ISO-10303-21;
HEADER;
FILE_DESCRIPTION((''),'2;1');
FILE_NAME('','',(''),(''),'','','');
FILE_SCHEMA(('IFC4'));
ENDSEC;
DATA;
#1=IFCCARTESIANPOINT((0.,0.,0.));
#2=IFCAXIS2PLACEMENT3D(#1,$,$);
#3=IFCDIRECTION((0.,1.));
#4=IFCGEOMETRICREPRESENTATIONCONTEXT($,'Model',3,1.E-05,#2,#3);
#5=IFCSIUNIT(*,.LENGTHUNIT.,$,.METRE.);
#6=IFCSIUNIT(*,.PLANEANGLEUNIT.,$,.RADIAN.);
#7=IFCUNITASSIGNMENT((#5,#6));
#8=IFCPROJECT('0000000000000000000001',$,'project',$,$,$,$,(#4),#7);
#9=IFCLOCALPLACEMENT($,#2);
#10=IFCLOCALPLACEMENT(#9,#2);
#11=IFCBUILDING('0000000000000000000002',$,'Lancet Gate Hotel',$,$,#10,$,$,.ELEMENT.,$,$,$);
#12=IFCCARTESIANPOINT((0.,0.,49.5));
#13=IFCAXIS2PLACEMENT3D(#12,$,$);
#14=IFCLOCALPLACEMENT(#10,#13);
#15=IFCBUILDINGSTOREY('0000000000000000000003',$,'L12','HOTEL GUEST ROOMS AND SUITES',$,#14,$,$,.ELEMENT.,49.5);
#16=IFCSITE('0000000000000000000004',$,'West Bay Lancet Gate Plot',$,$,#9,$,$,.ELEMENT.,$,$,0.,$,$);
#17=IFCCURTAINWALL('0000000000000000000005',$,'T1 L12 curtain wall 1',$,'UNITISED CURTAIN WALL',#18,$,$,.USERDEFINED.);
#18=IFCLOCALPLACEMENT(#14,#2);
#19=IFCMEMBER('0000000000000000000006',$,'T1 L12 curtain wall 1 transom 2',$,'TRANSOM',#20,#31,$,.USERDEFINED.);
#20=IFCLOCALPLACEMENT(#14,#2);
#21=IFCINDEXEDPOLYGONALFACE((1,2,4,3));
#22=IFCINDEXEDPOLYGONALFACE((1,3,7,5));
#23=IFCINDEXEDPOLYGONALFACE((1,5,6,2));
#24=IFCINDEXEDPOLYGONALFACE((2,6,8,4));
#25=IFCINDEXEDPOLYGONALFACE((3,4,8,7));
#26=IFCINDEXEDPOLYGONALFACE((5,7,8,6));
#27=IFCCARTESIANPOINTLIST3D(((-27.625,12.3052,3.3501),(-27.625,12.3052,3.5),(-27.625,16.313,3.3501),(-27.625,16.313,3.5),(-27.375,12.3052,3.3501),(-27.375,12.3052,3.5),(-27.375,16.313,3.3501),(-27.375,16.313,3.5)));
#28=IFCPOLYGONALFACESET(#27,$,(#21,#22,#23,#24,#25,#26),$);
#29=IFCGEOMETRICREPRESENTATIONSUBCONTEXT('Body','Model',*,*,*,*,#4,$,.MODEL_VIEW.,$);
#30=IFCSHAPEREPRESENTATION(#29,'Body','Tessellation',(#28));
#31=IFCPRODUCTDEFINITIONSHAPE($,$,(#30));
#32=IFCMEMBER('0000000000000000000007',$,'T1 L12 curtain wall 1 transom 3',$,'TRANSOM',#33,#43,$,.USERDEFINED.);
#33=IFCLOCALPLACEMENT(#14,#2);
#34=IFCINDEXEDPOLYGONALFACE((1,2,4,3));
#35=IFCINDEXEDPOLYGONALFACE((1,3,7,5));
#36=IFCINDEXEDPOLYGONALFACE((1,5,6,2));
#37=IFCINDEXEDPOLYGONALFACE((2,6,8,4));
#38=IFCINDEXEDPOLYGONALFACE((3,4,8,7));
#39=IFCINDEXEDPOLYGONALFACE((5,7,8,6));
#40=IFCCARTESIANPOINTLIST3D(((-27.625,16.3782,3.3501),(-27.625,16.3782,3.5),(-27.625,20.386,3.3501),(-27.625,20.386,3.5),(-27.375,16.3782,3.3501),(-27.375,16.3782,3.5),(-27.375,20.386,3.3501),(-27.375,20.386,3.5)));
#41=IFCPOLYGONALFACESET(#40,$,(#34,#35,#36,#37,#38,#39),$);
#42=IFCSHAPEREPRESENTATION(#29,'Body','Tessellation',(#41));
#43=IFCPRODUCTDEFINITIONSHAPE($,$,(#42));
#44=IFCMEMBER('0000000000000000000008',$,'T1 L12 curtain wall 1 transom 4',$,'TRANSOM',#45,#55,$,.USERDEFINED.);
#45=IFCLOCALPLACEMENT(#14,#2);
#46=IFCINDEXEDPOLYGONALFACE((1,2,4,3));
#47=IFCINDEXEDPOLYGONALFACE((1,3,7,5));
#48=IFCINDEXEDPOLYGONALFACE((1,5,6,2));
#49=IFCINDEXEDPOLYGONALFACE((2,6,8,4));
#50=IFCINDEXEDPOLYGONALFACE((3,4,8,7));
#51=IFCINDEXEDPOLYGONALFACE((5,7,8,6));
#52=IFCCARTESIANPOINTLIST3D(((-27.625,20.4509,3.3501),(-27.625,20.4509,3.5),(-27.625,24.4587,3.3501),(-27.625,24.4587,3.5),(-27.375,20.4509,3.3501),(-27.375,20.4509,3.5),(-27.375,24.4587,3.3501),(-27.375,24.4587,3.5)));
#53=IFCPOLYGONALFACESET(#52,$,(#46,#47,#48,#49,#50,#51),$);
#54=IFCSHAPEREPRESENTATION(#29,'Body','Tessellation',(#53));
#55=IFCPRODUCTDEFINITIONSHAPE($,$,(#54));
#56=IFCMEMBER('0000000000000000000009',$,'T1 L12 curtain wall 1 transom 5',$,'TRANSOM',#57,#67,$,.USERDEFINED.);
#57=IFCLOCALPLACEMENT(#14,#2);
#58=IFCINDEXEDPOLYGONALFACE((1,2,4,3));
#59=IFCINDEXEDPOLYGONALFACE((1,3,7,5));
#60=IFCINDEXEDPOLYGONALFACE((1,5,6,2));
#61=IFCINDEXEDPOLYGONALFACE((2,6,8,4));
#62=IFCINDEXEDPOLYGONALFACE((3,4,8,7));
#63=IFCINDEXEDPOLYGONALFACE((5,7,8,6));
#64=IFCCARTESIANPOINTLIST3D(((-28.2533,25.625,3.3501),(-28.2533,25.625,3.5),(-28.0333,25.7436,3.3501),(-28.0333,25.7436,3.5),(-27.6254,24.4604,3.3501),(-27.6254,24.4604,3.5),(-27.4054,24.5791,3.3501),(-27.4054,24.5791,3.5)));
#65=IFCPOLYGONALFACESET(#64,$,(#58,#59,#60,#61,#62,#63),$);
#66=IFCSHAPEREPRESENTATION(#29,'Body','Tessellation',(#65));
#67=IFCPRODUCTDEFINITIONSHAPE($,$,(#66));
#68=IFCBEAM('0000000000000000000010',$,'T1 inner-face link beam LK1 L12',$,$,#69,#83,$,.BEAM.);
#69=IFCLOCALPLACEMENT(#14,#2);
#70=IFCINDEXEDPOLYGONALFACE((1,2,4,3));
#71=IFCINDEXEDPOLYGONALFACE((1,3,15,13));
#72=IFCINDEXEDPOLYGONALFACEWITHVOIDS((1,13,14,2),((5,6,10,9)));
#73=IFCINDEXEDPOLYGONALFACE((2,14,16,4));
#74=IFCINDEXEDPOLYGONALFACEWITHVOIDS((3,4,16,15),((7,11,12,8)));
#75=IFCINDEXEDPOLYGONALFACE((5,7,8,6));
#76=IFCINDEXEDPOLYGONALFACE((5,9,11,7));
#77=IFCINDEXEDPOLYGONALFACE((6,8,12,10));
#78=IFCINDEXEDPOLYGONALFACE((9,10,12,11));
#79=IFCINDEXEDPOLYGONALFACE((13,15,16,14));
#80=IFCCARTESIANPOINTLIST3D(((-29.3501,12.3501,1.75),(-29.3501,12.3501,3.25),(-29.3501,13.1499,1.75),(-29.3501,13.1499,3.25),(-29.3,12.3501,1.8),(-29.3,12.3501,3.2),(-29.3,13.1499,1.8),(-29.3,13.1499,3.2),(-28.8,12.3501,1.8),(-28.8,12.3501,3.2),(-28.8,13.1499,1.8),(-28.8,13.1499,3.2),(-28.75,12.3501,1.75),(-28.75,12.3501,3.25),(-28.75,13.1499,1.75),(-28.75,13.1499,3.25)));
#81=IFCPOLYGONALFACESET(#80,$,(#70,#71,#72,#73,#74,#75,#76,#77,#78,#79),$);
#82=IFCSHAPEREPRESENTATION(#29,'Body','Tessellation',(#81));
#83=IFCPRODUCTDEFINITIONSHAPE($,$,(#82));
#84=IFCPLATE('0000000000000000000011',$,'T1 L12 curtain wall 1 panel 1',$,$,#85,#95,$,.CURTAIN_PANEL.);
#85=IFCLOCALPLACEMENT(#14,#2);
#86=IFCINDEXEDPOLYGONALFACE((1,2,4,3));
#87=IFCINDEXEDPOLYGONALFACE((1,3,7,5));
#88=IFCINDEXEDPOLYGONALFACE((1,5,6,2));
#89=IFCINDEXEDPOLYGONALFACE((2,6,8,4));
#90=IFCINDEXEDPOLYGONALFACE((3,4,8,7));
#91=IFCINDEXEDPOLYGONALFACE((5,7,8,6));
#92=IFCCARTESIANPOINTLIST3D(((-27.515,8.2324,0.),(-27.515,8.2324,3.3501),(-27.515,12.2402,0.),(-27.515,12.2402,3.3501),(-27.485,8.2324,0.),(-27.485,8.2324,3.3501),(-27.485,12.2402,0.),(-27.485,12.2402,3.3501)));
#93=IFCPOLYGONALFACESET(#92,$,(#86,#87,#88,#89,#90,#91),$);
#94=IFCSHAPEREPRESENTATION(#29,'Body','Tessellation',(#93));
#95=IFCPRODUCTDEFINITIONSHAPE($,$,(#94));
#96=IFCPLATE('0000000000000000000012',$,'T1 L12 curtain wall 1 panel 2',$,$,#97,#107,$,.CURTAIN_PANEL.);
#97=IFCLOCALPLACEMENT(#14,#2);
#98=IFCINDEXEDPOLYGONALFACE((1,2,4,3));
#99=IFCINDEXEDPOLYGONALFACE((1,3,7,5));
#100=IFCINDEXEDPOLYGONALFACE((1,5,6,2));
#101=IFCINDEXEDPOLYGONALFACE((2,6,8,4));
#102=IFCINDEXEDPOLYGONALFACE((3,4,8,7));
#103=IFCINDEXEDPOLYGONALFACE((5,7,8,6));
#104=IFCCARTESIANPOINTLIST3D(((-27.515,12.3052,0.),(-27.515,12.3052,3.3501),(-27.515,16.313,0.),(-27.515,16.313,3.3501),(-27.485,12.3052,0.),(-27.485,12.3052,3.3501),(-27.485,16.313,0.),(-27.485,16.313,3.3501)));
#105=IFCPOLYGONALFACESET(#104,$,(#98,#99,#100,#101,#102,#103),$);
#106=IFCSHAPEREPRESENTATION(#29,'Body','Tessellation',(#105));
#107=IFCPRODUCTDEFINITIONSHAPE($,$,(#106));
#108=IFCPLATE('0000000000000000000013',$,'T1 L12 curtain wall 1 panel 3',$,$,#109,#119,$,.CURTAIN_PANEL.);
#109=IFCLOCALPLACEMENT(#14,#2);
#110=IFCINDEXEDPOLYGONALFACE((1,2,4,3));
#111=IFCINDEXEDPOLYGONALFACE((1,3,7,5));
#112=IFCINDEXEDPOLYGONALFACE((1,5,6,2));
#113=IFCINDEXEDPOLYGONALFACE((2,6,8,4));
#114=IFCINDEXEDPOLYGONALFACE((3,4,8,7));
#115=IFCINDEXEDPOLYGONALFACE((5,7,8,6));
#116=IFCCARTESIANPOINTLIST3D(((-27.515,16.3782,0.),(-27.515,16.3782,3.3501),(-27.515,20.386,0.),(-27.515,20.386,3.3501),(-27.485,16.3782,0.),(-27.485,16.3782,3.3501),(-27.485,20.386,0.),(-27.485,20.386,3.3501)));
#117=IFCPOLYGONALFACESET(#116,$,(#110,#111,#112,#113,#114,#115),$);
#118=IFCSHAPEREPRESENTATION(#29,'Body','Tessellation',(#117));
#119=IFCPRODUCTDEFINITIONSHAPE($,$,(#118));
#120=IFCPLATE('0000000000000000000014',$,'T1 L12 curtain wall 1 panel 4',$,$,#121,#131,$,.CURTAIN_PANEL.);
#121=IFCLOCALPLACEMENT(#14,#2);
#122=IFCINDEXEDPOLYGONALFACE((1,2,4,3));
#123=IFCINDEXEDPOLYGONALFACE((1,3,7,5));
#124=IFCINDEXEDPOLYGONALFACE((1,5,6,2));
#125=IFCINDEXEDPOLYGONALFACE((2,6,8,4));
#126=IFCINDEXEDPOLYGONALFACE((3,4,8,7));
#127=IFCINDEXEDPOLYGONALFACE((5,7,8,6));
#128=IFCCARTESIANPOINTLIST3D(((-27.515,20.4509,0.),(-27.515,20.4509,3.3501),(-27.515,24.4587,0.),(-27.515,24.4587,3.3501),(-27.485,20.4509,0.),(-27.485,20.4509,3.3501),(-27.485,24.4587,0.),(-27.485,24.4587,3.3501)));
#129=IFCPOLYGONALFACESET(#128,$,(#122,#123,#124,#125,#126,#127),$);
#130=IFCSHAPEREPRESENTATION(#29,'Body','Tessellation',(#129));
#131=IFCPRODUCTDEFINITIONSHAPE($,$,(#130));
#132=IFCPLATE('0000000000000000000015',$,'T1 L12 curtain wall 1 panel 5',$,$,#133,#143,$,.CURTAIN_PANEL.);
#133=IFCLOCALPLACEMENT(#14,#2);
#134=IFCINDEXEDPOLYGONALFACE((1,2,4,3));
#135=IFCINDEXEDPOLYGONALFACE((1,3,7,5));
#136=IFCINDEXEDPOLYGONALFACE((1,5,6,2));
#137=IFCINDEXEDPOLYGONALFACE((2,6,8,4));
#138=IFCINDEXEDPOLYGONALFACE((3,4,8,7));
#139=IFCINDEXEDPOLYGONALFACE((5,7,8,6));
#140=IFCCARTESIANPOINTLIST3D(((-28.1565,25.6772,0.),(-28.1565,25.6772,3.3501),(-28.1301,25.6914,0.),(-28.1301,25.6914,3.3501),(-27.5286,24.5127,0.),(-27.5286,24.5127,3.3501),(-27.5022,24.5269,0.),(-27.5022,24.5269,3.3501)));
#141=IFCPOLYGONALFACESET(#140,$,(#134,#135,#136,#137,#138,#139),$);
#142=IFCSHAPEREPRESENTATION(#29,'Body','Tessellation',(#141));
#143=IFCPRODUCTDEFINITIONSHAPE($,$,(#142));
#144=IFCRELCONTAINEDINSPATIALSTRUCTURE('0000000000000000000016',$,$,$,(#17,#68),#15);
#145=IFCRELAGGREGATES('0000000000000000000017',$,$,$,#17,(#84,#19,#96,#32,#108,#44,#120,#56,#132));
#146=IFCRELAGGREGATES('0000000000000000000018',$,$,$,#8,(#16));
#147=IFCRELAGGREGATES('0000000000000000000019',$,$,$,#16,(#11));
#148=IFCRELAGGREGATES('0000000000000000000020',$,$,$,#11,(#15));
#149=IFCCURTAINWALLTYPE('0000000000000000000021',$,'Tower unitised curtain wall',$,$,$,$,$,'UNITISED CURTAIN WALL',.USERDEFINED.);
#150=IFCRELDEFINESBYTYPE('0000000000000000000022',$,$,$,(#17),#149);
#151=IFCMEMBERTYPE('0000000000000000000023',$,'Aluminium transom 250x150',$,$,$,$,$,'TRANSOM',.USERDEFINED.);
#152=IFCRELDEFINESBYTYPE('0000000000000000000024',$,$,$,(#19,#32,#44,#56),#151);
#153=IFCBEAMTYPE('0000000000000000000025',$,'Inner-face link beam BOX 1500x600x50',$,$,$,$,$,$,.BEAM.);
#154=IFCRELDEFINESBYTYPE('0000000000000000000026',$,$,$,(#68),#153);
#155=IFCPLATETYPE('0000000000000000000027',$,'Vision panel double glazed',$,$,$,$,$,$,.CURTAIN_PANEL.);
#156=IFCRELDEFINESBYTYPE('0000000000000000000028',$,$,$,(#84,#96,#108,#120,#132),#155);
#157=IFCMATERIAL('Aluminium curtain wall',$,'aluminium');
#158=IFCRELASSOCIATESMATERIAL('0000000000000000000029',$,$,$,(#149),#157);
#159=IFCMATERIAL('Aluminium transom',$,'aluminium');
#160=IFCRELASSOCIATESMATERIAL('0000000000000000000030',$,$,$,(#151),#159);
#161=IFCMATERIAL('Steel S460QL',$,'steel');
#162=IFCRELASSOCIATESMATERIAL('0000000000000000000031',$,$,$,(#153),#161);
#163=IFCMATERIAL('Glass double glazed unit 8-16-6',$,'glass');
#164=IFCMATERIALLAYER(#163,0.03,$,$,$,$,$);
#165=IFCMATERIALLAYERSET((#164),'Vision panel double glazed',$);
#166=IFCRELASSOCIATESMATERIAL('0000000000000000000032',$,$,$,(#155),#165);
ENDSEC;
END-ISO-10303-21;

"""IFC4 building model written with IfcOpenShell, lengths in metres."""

from ifc_helpers import new_model, si_unit, direction, frame, origin, origin_2d, place, context, subcontext, project, spatial, rectangle, hollow_rectangle, extrude, material, layer, layer_set, material_profile, profile_set, type_object, element, aggregate, save


model = new_model("IFC4")

# Units and contexts
model_context = context("Model", 3, precision=1e-05, world=origin(), true_north=direction((0.0, 1.0)))
body_context = subcontext(model_context, "Body", "Model", "MODEL_VIEW")
ifc_project = project(units=[si_unit("LENGTHUNIT", "METRE"), si_unit("PLANEANGLEUNIT", "RADIAN")], contexts=[model_context])

# Site, building, storey
site_placement = place(None, origin())
site = spatial("IfcSite", under=ifc_project, at=site_placement, Name="West Bay Lancet Gate Plot", CompositionType="ELEMENT", RefElevation=0.0)
building_placement = place(site_placement, origin())
building = spatial("IfcBuilding", under=site, at=building_placement, Name="Lancet Gate Hotel", CompositionType="ELEMENT")
storey_placement = place(building_placement, frame((0.0, 0.0, 49.5)))
storey = spatial("IfcBuildingStorey", under=building, at=storey_placement, Name="L12", Description="HOTEL GUEST ROOMS AND SUITES", CompositionType="ELEMENT", Elevation=49.5)

# Curtain wall, members
ifc_material_1 = material(Name="Aluminium curtain wall", Category="aluminium")
curtain_wall_type = type_object("IfcCurtainWallType", Name="Tower unitised curtain wall", ElementType="UNITISED CURTAIN WALL", PredefinedType="USERDEFINED", material=ifc_material_1)
curtain_wall_placement = place(storey_placement, origin())
curtain_wall = element("IfcCurtainWall", 1, at=curtain_wall_placement, inside=storey, type_object=curtain_wall_type, Name="T1 L12 curtain wall 1", ObjectType="UNITISED CURTAIN WALL", PredefinedType="USERDEFINED")
ifc_material_2 = material(Name="Aluminium transom", Category="aluminium")
ifc_material_profile_1 = material_profile(ifc_material_2, rectangle(XDim=0.25, YDim=0.1499, at=origin_2d()), Name="TRANSOM 250x150")
ifc_profile_set_1 = profile_set([ifc_material_profile_1], Name="Aluminium transom")
member_type_1 = type_object("IfcMemberType", Name="Aluminium transom 250x150", ElementType="TRANSOM", PredefinedType="USERDEFINED", material=ifc_profile_set_1)
member_1_placement = place(storey_placement, frame((-27.5, 12.3052, 3.425), z_axis=(0.0, 1.0, 0.0), x_axis=(-1.0, 0.0, 0.0)))
member_1 = element("IfcMember", 2, at=member_1_placement, type_object=member_type_1, Name="T1 L12 curtain wall 1 transom 2", ObjectType="TRANSOM", PredefinedType="USERDEFINED", context=body_context, shape_type="SweptSolid", body=[
    extrude(rectangle(XDim=0.25, YDim=0.1499, at=origin_2d()), origin(), (0.0, 0.0, 1.0), 4.0078),
])
member_2_placement = place(storey_placement, frame((-27.5, 16.3782, 3.425), z_axis=(0.0, 1.0, 0.0), x_axis=(-1.0, 0.0, 0.0)))
member_2 = element("IfcMember", 3, at=member_2_placement, type_object=member_type_1, Name="T1 L12 curtain wall 1 transom 3", ObjectType="TRANSOM", PredefinedType="USERDEFINED", context=body_context, shape_type="SweptSolid", body=[
    extrude(rectangle(XDim=0.25, YDim=0.1499, at=origin_2d()), origin(), (0.0, 0.0, 1.0), 4.0078),
])
member_3_placement = place(storey_placement, frame((-27.5, 20.4509, 3.425), z_axis=(0.0, 1.0, 0.0), x_axis=(-1.0, 0.0, 0.0)))
member_3 = element("IfcMember", 4, at=member_3_placement, type_object=member_type_1, Name="T1 L12 curtain wall 1 transom 4", ObjectType="TRANSOM", PredefinedType="USERDEFINED", context=body_context, shape_type="SweptSolid", body=[
    extrude(rectangle(XDim=0.25, YDim=0.1499, at=origin_2d()), origin(), (0.0, 0.0, 1.0), 4.0078),
])
member_4_placement = place(storey_placement, frame((-27.5154, 24.5198, 3.425), z_axis=(-0.474606, 0.880198, 0.0), x_axis=(-0.880198, -0.474606, 0.0)))
member_4 = element("IfcMember", 5, at=member_4_placement, type_object=member_type_1, Name="T1 L12 curtain wall 1 transom 5", ObjectType="TRANSOM", PredefinedType="USERDEFINED", context=body_context, shape_type="SweptSolid", body=[
    extrude(rectangle(XDim=0.25, YDim=0.1499, at=origin_2d()), origin(), (0.0, 0.0, 1.0), 1.323),
])

# Beam
ifc_material_3 = material(Name="Steel S460QL", Category="steel")
ifc_material_profile_2 = material_profile(ifc_material_3, hollow_rectangle(XDim=0.6001, YDim=1.5, WallThickness=0.05, at=origin_2d()), Name="BOX 1500x600x50")
ifc_profile_set_2 = profile_set([ifc_material_profile_2], Name="Steel S460QL")
beam_type = type_object("IfcBeamType", Name="Inner-face link beam BOX 1500x600x50", PredefinedType="BEAM", material=ifc_profile_set_2)
beam_placement = place(storey_placement, frame((-29.05, 13.1499, 2.5), z_axis=(0.0, -1.0, 0.0), x_axis=(1.0, 0.0, 0.0)))
element("IfcBeam", 6, at=beam_placement, inside=storey, type_object=beam_type, Name="T1 inner-face link beam LK1 L12", PredefinedType="BEAM", context=body_context, shape_type="SweptSolid", body=[
    extrude(hollow_rectangle(XDim=0.6001, YDim=1.5, WallThickness=0.05, at=origin_2d()), origin(), (0.0, 0.0, 1.0), 0.7998),
])

# Plates
ifc_material_4 = material(Name="Glass double glazed unit 8-16-6", Category="glass")
ifc_layer = layer(ifc_material_4, 0.03)
ifc_layer_set = layer_set([ifc_layer], Name="Vision panel double glazed")
plate_type = type_object("IfcPlateType", Name="Vision panel double glazed", PredefinedType="CURTAIN_PANEL", material=ifc_layer_set)
plate_1_placement = place(storey_placement, frame((-27.5, 10.2363, 0.0), z_axis=(0.0, 0.0, 1.0), x_axis=(0.0, 1.0, 0.0)))
plate_1 = element("IfcPlate", 7, at=plate_1_placement, type_object=plate_type, Name="T1 L12 curtain wall 1 panel 1", PredefinedType="CURTAIN_PANEL", context=body_context, shape_type="SweptSolid", body=[
    extrude(rectangle(XDim=4.0078, YDim=0.03, at=origin_2d()), origin(), (0.0, 0.0, 1.0), 3.3501),
])
plate_2_placement = place(storey_placement, frame((-27.5, 14.3091, 0.0), z_axis=(0.0, 0.0, 1.0), x_axis=(0.0, 1.0, 0.0)))
plate_2 = element("IfcPlate", 8, at=plate_2_placement, type_object=plate_type, Name="T1 L12 curtain wall 1 panel 2", PredefinedType="CURTAIN_PANEL", context=body_context, shape_type="SweptSolid", body=[
    extrude(rectangle(XDim=4.0078, YDim=0.03, at=origin_2d()), origin(), (0.0, 0.0, 1.0), 3.3501),
])
plate_3_placement = place(storey_placement, frame((-27.5, 18.3821, 0.0), z_axis=(0.0, 0.0, 1.0), x_axis=(0.0, 1.0, 0.0)))
plate_3 = element("IfcPlate", 9, at=plate_3_placement, type_object=plate_type, Name="T1 L12 curtain wall 1 panel 3", PredefinedType="CURTAIN_PANEL", context=body_context, shape_type="SweptSolid", body=[
    extrude(rectangle(XDim=4.0078, YDim=0.03, at=origin_2d()), origin(), (0.0, 0.0, 1.0), 3.3501),
])
plate_4_placement = place(storey_placement, frame((-27.5, 22.4548, 0.0), z_axis=(0.0, 0.0, 1.0), x_axis=(0.0, 1.0, 0.0)))
plate_4 = element("IfcPlate", 10, at=plate_4_placement, type_object=plate_type, Name="T1 L12 curtain wall 1 panel 4", PredefinedType="CURTAIN_PANEL", context=body_context, shape_type="SweptSolid", body=[
    extrude(rectangle(XDim=4.0078, YDim=0.03, at=origin_2d()), origin(), (0.0, 0.0, 1.0), 3.3501),
])
plate_5_placement = place(storey_placement, frame((-27.8293, 25.1021, 0.0), z_axis=(0.0, 0.0, 1.0), x_axis=(-0.474631, 0.880185, 0.0)))
plate_5 = element("IfcPlate", 11, at=plate_5_placement, type_object=plate_type, Name="T1 L12 curtain wall 1 panel 5", PredefinedType="CURTAIN_PANEL", context=body_context, shape_type="SweptSolid", body=[
    extrude(rectangle(XDim=1.323, YDim=0.03, at=origin_2d()), origin(), (0.0, 0.0, 1.0), 3.3501),
])
aggregate(curtain_wall, [plate_1, member_1, plate_2, member_2, plate_3, member_3, plate_4, member_4, plate_5])

save(model, "model.ifc")
